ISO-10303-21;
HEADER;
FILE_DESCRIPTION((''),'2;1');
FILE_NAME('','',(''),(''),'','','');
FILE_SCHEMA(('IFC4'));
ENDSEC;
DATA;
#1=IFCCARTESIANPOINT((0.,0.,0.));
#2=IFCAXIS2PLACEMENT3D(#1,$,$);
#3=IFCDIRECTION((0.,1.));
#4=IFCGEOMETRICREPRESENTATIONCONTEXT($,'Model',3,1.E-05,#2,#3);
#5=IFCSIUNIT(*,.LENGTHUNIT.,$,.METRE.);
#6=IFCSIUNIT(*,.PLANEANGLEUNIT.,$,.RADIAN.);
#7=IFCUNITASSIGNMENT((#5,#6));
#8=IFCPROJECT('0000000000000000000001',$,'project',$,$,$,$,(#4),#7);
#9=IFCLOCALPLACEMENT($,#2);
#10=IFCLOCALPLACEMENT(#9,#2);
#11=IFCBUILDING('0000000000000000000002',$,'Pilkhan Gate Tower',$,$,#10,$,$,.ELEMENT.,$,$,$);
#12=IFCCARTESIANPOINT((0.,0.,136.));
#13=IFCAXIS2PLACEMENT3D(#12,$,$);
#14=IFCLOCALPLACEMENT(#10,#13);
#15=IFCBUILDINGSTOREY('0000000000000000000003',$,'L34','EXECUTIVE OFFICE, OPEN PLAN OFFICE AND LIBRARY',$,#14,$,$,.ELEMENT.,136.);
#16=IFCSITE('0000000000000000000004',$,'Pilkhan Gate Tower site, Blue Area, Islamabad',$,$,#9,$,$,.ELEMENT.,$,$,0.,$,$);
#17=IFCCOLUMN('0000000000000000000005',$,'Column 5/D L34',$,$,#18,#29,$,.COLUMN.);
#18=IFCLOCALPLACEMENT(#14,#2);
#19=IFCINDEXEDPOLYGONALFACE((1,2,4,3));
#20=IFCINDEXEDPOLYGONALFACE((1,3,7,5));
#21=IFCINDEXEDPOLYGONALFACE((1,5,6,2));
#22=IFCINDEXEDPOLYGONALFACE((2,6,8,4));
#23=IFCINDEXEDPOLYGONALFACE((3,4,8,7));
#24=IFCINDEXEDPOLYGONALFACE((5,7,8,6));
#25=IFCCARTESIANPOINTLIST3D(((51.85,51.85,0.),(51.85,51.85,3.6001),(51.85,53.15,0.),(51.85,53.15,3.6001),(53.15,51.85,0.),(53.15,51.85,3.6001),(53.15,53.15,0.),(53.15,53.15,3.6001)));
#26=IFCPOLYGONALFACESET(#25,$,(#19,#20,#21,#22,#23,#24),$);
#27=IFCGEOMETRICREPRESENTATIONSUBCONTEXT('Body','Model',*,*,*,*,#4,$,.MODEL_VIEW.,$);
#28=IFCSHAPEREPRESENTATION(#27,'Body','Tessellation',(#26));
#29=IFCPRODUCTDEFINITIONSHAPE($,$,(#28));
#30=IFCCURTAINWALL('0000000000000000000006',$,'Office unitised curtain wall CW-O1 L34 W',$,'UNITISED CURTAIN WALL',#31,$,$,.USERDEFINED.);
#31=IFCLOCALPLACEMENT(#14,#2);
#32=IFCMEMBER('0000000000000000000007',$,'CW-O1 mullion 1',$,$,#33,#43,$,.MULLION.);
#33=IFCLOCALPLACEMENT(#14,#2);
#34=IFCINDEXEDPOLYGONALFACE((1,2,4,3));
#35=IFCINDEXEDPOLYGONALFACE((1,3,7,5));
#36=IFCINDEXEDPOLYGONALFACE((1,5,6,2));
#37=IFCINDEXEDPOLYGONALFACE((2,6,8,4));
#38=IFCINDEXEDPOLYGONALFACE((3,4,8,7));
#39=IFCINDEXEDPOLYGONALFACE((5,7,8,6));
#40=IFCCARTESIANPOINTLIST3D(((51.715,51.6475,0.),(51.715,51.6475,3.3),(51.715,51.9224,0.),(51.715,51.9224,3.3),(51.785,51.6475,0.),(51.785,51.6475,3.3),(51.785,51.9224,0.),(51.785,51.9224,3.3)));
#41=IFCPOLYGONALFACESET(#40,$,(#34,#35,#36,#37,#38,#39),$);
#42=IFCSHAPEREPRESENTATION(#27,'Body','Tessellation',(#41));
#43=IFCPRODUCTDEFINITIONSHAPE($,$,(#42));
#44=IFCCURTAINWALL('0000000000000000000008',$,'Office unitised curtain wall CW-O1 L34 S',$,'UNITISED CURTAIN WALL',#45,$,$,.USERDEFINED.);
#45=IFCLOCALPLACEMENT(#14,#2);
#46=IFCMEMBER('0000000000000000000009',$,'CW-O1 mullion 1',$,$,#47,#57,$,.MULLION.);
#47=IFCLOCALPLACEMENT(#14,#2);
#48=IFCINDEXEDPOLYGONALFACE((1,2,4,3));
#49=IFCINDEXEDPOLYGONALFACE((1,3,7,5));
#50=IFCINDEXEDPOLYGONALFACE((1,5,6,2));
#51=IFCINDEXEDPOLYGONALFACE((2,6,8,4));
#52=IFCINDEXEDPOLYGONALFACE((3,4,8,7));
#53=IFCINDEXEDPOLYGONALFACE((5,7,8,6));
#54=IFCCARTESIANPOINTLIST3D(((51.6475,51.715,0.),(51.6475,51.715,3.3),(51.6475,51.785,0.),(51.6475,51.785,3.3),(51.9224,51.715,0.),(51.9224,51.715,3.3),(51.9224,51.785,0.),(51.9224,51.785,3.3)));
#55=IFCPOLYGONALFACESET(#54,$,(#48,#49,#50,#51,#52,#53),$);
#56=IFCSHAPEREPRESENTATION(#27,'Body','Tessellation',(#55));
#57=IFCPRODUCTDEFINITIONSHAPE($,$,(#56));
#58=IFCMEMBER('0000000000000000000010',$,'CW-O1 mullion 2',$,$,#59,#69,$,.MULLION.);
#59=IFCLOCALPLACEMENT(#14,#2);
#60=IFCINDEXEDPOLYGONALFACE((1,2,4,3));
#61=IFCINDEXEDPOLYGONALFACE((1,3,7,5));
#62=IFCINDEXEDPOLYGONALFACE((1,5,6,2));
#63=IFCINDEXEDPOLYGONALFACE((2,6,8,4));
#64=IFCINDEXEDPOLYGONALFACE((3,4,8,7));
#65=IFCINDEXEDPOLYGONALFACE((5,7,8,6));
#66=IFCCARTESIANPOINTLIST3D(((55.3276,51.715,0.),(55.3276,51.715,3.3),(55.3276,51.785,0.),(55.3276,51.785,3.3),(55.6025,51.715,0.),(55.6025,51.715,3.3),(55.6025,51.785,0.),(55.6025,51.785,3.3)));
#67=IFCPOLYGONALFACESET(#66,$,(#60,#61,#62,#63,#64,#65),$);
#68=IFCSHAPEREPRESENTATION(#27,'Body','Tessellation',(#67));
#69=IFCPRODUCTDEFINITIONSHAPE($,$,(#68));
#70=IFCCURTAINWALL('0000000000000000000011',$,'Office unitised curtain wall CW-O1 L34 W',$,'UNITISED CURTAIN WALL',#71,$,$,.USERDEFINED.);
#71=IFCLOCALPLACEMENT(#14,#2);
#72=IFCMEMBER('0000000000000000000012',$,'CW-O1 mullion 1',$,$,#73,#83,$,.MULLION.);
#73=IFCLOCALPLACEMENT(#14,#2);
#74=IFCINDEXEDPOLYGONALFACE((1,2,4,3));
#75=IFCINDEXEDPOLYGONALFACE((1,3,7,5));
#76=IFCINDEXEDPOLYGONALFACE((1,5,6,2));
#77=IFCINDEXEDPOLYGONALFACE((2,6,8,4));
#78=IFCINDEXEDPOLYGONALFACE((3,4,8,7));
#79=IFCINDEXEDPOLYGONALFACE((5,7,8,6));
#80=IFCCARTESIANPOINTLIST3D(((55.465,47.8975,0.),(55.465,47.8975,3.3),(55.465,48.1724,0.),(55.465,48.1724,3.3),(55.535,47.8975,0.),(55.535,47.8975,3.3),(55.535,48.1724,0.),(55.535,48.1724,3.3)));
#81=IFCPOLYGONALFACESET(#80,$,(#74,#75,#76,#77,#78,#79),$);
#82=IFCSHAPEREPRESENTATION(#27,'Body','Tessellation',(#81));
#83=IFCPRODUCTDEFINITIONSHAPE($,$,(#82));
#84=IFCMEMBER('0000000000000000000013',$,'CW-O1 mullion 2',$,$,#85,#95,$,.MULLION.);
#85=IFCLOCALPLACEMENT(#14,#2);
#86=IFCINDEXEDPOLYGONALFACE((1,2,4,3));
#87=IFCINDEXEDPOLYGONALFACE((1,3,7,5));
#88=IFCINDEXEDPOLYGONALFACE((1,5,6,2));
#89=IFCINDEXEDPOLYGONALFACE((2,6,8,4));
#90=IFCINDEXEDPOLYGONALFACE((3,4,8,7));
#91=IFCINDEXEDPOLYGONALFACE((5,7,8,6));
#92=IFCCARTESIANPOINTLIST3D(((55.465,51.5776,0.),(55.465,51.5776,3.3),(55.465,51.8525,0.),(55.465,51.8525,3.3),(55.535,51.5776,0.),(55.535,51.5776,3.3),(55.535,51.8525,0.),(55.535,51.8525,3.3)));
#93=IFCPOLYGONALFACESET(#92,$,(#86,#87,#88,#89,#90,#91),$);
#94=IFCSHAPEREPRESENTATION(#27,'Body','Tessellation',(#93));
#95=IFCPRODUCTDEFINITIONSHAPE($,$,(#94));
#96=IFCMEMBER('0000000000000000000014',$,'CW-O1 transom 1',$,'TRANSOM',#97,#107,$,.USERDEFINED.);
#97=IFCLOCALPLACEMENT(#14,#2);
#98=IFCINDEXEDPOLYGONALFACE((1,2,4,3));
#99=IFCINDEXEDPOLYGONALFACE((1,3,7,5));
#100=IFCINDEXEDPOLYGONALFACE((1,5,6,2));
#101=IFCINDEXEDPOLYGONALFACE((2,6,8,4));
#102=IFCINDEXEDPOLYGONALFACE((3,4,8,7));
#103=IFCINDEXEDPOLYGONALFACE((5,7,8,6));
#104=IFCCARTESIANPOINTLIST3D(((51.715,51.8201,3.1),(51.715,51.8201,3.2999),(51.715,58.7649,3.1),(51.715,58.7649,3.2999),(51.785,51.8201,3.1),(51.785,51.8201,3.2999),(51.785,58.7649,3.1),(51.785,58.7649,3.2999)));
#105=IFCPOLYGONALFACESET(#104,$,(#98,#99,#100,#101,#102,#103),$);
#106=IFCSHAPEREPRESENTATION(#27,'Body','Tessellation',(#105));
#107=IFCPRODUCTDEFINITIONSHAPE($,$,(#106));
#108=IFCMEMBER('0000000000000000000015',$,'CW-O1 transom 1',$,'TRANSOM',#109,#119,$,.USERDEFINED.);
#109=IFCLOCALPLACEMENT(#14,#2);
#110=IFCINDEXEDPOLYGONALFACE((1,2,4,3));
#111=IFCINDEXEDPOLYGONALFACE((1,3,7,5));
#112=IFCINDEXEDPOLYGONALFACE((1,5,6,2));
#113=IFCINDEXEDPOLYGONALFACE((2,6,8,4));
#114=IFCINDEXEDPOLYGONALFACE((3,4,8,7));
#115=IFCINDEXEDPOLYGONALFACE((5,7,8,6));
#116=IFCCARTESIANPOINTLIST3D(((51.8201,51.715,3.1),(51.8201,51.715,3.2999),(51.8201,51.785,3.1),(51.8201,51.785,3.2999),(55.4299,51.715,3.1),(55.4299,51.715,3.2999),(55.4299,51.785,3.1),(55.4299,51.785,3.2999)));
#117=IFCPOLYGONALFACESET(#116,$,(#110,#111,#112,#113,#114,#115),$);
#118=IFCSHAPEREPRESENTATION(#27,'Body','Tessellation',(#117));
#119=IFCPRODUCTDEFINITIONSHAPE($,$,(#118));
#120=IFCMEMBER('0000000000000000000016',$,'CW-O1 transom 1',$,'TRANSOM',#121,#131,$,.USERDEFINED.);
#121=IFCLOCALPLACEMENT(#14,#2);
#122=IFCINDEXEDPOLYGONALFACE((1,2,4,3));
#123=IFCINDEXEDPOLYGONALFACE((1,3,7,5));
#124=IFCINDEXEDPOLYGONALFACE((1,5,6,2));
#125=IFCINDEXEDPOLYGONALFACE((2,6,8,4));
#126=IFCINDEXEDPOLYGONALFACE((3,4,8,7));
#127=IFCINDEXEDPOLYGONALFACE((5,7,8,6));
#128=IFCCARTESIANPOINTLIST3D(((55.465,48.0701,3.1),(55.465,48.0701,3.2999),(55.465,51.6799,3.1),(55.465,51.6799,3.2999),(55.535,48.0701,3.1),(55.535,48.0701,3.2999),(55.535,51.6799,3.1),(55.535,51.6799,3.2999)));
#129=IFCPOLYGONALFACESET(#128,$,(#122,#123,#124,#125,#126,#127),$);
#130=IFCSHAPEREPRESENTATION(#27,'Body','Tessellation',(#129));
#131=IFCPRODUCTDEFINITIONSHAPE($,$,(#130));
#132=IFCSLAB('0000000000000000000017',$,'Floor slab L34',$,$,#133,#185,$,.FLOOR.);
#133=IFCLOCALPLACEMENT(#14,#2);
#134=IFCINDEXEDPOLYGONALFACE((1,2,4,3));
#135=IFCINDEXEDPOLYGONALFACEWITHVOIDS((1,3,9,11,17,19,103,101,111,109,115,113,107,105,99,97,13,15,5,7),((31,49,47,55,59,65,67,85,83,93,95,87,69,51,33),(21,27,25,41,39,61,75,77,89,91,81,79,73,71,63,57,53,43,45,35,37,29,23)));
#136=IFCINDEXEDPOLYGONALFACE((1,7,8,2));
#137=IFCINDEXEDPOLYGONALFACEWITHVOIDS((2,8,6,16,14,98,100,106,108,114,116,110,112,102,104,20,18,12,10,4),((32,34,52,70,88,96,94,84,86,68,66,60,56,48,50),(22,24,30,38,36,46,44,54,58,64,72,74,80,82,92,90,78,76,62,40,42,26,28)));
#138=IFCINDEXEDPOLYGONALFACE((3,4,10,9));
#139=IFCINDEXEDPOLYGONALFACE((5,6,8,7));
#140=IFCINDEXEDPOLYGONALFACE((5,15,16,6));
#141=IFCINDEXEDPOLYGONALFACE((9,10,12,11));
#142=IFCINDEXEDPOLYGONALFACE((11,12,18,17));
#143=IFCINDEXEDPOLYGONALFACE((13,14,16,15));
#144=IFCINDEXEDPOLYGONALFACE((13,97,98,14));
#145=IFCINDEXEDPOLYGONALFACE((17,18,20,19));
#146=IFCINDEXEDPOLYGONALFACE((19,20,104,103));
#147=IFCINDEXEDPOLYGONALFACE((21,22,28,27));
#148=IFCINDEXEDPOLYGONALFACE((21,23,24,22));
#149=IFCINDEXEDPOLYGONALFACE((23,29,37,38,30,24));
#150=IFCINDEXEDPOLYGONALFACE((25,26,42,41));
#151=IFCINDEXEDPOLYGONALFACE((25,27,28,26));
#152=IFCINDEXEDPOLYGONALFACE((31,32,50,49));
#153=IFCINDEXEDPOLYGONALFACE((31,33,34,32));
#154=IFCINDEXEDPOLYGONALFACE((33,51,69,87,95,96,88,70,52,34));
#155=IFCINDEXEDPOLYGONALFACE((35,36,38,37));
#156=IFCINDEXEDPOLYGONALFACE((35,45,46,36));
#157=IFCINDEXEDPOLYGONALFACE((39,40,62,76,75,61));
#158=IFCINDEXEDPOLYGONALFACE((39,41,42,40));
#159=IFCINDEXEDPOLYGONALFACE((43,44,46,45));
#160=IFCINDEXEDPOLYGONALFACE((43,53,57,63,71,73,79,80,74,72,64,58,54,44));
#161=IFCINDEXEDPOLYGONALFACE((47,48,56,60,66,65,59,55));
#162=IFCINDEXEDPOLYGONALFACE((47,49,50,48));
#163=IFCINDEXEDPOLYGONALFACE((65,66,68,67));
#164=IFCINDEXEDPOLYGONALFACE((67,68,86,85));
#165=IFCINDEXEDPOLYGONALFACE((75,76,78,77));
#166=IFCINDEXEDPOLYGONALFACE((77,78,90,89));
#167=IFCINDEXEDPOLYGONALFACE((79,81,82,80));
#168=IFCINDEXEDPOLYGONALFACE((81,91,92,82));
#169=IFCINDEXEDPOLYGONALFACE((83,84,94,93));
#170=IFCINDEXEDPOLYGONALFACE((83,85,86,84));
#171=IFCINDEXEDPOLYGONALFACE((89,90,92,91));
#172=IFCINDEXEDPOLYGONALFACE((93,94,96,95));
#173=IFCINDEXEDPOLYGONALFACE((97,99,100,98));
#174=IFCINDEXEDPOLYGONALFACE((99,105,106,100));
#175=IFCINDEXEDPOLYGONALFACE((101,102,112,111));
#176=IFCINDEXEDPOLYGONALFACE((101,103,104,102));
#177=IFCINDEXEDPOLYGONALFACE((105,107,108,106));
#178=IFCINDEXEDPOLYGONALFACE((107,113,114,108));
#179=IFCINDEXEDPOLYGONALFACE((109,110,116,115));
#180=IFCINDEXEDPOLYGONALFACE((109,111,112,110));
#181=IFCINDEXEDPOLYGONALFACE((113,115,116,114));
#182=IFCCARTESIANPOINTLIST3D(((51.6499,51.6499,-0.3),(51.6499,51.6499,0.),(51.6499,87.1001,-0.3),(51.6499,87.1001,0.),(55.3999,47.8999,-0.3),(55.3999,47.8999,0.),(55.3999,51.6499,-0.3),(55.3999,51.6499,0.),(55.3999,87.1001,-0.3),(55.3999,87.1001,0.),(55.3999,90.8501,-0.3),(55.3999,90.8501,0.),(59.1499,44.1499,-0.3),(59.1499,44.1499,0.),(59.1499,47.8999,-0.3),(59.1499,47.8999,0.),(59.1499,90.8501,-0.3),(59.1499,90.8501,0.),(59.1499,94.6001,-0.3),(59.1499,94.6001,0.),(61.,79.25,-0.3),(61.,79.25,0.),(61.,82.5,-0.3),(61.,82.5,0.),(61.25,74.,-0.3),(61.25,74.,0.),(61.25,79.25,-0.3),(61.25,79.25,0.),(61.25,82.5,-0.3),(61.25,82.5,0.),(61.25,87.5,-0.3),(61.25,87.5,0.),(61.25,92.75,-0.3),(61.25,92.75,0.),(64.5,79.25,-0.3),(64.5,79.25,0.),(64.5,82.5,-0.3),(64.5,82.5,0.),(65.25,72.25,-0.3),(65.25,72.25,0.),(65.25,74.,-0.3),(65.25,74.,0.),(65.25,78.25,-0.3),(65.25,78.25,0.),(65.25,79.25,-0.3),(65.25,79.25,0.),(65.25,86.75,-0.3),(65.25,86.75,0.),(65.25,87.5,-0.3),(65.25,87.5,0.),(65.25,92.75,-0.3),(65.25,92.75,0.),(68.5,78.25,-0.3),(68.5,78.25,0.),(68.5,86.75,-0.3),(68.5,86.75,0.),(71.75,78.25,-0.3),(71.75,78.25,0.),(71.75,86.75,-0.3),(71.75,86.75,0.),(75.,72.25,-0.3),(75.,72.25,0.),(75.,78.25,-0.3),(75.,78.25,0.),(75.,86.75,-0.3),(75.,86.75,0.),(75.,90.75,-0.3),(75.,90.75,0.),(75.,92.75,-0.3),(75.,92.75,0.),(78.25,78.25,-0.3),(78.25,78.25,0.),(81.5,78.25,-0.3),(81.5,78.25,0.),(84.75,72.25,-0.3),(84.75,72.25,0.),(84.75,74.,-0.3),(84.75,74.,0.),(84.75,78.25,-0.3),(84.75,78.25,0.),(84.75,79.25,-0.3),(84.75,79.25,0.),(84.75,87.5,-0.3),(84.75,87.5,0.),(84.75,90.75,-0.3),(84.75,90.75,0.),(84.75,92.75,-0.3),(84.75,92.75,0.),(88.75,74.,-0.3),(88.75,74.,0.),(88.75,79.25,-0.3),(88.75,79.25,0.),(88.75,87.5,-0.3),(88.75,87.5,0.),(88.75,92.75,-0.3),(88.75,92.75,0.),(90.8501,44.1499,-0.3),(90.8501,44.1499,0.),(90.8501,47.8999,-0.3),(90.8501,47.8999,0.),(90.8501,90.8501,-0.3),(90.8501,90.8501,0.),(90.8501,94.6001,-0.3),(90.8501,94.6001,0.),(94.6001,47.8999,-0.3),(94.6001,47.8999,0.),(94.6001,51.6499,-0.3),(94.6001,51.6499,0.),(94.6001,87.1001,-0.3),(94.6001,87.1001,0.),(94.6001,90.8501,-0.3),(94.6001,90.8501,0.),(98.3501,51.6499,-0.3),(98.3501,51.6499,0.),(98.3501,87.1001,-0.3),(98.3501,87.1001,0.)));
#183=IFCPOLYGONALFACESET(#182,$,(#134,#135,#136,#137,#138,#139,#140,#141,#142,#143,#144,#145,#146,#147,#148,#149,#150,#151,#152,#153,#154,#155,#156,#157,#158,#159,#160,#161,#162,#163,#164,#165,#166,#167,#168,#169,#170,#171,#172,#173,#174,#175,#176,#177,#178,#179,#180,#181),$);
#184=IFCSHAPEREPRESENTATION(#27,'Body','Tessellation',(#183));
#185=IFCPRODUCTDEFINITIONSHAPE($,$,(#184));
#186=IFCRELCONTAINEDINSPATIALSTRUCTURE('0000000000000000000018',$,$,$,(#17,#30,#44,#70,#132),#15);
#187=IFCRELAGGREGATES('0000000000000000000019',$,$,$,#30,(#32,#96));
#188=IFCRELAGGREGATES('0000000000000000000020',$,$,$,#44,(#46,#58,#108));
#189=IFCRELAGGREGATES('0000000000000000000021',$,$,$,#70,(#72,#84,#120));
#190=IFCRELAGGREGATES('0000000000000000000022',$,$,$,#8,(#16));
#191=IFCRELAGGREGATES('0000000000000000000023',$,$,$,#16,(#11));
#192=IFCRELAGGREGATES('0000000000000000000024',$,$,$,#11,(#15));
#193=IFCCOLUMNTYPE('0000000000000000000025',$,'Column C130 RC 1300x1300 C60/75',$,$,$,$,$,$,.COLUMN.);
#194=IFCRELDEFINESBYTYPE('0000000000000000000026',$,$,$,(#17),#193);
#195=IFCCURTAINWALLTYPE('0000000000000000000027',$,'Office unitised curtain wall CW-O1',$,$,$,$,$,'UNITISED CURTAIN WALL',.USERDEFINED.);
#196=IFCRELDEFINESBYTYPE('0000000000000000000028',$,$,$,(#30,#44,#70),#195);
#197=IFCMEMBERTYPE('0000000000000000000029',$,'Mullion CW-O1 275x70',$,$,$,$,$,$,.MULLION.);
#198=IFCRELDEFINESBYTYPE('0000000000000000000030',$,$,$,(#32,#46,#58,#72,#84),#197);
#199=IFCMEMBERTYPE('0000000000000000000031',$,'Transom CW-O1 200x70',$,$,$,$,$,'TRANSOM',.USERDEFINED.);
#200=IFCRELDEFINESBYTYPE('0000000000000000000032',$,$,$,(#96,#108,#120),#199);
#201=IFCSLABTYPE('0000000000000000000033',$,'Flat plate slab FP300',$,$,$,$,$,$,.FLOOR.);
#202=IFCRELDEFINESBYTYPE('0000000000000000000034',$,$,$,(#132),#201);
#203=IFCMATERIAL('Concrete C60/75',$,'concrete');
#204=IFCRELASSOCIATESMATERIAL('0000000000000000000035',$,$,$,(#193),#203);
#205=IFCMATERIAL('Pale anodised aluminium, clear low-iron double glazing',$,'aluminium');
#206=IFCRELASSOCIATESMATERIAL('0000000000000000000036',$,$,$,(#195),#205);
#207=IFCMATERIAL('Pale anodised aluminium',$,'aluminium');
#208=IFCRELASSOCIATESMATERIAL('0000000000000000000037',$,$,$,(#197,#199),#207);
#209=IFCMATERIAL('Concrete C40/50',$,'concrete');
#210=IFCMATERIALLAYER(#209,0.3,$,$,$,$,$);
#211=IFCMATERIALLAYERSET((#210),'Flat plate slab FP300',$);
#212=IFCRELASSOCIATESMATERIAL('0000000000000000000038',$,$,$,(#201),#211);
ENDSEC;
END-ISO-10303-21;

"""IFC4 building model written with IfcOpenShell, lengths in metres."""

from ifc_helpers import new_model, si_unit, direction, frame, origin, origin_2d, place, context, subcontext, project, spatial, polyline, rectangle, outline, extrude, material, layer, layer_set, material_profile, profile_set, type_object, element, aggregate, save


model = new_model("IFC4")

# Units and contexts
model_context = context("Model", 3, precision=1e-05, world=origin(), true_north=direction((0.0, 1.0)))
body_context = subcontext(model_context, "Body", "Model", "MODEL_VIEW")
ifc_project = project(units=[si_unit("LENGTHUNIT", "METRE"), si_unit("PLANEANGLEUNIT", "RADIAN")], contexts=[model_context])

# Site, building, storey
site_placement = place(None, origin())
site = spatial("IfcSite", under=ifc_project, at=site_placement, Name="Pilkhan Gate Tower site, Blue Area, Islamabad", CompositionType="ELEMENT", RefElevation=0.0)
building_placement = place(site_placement, origin())
building = spatial("IfcBuilding", under=site, at=building_placement, Name="Pilkhan Gate Tower", CompositionType="ELEMENT")
storey_placement = place(building_placement, frame((0.0, 0.0, 136.0)))
storey = spatial("IfcBuildingStorey", under=building, at=storey_placement, Name="L34", Description="EXECUTIVE OFFICE, OPEN PLAN OFFICE AND LIBRARY", CompositionType="ELEMENT", Elevation=136.0)

# Column
ifc_material_1 = material(Name="Concrete C60/75", Category="concrete")
ifc_material_profile_1 = material_profile(ifc_material_1, rectangle(XDim=1.3, YDim=1.3, at=origin_2d()), Name="RC 1300x1300")
ifc_profile_set_1 = profile_set([ifc_material_profile_1], Name="Concrete C60/75")
column_type = type_object("IfcColumnType", Name="Column C130 RC 1300x1300 C60/75", PredefinedType="COLUMN", material=ifc_profile_set_1)
column_placement = place(storey_placement, frame((52.5, 52.5, 0.0), z_axis=(0.0, 0.0, 1.0), x_axis=(1.0, 0.0, 0.0)))
element("IfcColumn", 1, at=column_placement, inside=storey, type_object=column_type, Name="Column 5/D L34", PredefinedType="COLUMN", context=body_context, shape_type="SweptSolid", body=[
    extrude(rectangle(XDim=1.3, YDim=1.3, at=origin_2d()), origin(), (0.0, 0.0, 1.0), 3.6001),
])

# Curtain wall, member
ifc_material_2 = material(Name="Pale anodised aluminium, clear low-iron double glazing", Category="aluminium")
curtain_wall_type = type_object("IfcCurtainWallType", Name="Office unitised curtain wall CW-O1", ElementType="UNITISED CURTAIN WALL", PredefinedType="USERDEFINED", material=ifc_material_2)
curtain_wall_1_placement = place(storey_placement, origin())
curtain_wall_1 = element("IfcCurtainWall", 2, at=curtain_wall_1_placement, inside=storey, type_object=curtain_wall_type, Name="Office unitised curtain wall CW-O1 L34 W", ObjectType="UNITISED CURTAIN WALL", PredefinedType="USERDEFINED")
ifc_material_3 = material(Name="Pale anodised aluminium", Category="aluminium")
ifc_material_profile_2 = material_profile(ifc_material_3, rectangle(XDim=0.0701, YDim=0.2749, at=origin_2d()), Name="Mullion 275x70")
ifc_profile_set_2 = profile_set([ifc_material_profile_2], Name="Pale anodised aluminium")
member_type_1 = type_object("IfcMemberType", Name="Mullion CW-O1 275x70", PredefinedType="MULLION", material=ifc_profile_set_2)
member_1_placement = place(storey_placement, frame((51.75, 51.7849, 0.0), z_axis=(0.0, 0.0, 1.0), x_axis=(-1.0, 0.0, 0.0)))
member_1 = element("IfcMember", 3, at=member_1_placement, type_object=member_type_1, Name="CW-O1 mullion 1", PredefinedType="MULLION", context=body_context, shape_type="SweptSolid", body=[
    extrude(rectangle(XDim=0.0701, YDim=0.2749, at=origin_2d()), origin(), (0.0, 0.0, 1.0), 3.3),
])

# Curtain walls, members
curtain_wall_2_placement = place(storey_placement, origin())
curtain_wall_2 = element("IfcCurtainWall", 4, at=curtain_wall_2_placement, inside=storey, type_object=curtain_wall_type, Name="Office unitised curtain wall CW-O1 L34 S", ObjectType="UNITISED CURTAIN WALL", PredefinedType="USERDEFINED")
member_2_placement = place(storey_placement, frame((51.7849, 51.75, 0.0), z_axis=(0.0, 0.0, 1.0), x_axis=(0.0, 1.0, 0.0)))
member_2 = element("IfcMember", 5, at=member_2_placement, type_object=member_type_1, Name="CW-O1 mullion 1", PredefinedType="MULLION", context=body_context, shape_type="SweptSolid", body=[
    extrude(rectangle(XDim=0.0701, YDim=0.2749, at=origin_2d()), origin(), (0.0, 0.0, 1.0), 3.3),
])
member_3_placement = place(storey_placement, frame((55.4651, 51.75, 0.0), z_axis=(0.0, 0.0, 1.0), x_axis=(0.0, 1.0, 0.0)))
member_3 = element("IfcMember", 6, at=member_3_placement, type_object=member_type_1, Name="CW-O1 mullion 2", PredefinedType="MULLION", context=body_context, shape_type="SweptSolid", body=[
    extrude(rectangle(XDim=0.0701, YDim=0.2749, at=origin_2d()), origin(), (0.0, 0.0, 1.0), 3.3),
])
curtain_wall_3_placement = place(storey_placement, origin())
curtain_wall_3 = element("IfcCurtainWall", 7, at=curtain_wall_3_placement, inside=storey, type_object=curtain_wall_type, Name="Office unitised curtain wall CW-O1 L34 W", ObjectType="UNITISED CURTAIN WALL", PredefinedType="USERDEFINED")
member_4_placement = place(storey_placement, frame((55.5, 48.0349, 0.0), z_axis=(0.0, 0.0, 1.0), x_axis=(-1.0, 0.0, 0.0)))
member_4 = element("IfcMember", 8, at=member_4_placement, type_object=member_type_1, Name="CW-O1 mullion 1", PredefinedType="MULLION", context=body_context, shape_type="SweptSolid", body=[
    extrude(rectangle(XDim=0.0701, YDim=0.2749, at=origin_2d()), origin(), (0.0, 0.0, 1.0), 3.3),
])
member_5_placement = place(storey_placement, frame((55.5, 51.7151, 0.0), z_axis=(0.0, 0.0, 1.0), x_axis=(-1.0, 0.0, 0.0)))
member_5 = element("IfcMember", 9, at=member_5_placement, type_object=member_type_1, Name="CW-O1 mullion 2", PredefinedType="MULLION", context=body_context, shape_type="SweptSolid", body=[
    extrude(rectangle(XDim=0.0701, YDim=0.2749, at=origin_2d()), origin(), (0.0, 0.0, 1.0), 3.3),
])

# Members
ifc_material_profile_3 = material_profile(ifc_material_3, rectangle(XDim=0.0701, YDim=0.2, at=origin_2d()), Name="Transom 200x70")
ifc_profile_set_3 = profile_set([ifc_material_profile_3], Name="Pale anodised aluminium")
member_type_2 = type_object("IfcMemberType", Name="Transom CW-O1 200x70", ElementType="TRANSOM", PredefinedType="USERDEFINED", material=ifc_profile_set_3)
member_6_placement = place(storey_placement, frame((51.75, 51.8201, 3.2), z_axis=(0.0, 1.0, 0.0), x_axis=(-1.0, 0.0, 0.0)))
member_6 = element("IfcMember", 10, at=member_6_placement, type_object=member_type_2, Name="CW-O1 transom 1", ObjectType="TRANSOM", PredefinedType="USERDEFINED", context=body_context, shape_type="SweptSolid", body=[
    extrude(rectangle(XDim=0.0701, YDim=0.2, at=origin_2d()), origin(), (0.0, 0.0, 1.0), 6.9448),
])
member_7_placement = place(storey_placement, frame((51.8201, 51.75, 3.2), z_axis=(1.0, 0.0, 0.0), x_axis=(0.0, 1.0, 0.0)))
member_7 = element("IfcMember", 11, at=member_7_placement, type_object=member_type_2, Name="CW-O1 transom 1", ObjectType="TRANSOM", PredefinedType="USERDEFINED", context=body_context, shape_type="SweptSolid", body=[
    extrude(rectangle(XDim=0.0701, YDim=0.2, at=origin_2d()), origin(), (0.0, 0.0, 1.0), 3.6099),
])
member_8_placement = place(storey_placement, frame((55.5, 48.0701, 3.2), z_axis=(0.0, 1.0, 0.0), x_axis=(-1.0, 0.0, 0.0)))
member_8 = element("IfcMember", 12, at=member_8_placement, type_object=member_type_2, Name="CW-O1 transom 1", ObjectType="TRANSOM", PredefinedType="USERDEFINED", context=body_context, shape_type="SweptSolid", body=[
    extrude(rectangle(XDim=0.0701, YDim=0.2, at=origin_2d()), origin(), (0.0, 0.0, 1.0), 3.6099),
])

# Slab
ifc_material_4 = material(Name="Concrete C40/50", Category="concrete")
ifc_layer_1 = layer(ifc_material_4, 0.3)
ifc_layer_set_1 = layer_set([ifc_layer_1], Name="Flat plate slab FP300")
slab_type_1 = type_object("IfcSlabType", Name="Flat plate slab FP300", PredefinedType="FLOOR", material=ifc_layer_set_1)
slab_1_placement = place(storey_placement, frame((0.0, 0.0, -0.3)))
element("IfcSlab", 13, at=slab_1_placement, inside=storey, type_object=slab_type_1, Name="Floor slab L34", PredefinedType="FLOOR", context=body_context, shape_type="SweptSolid", body=[
    extrude(outline(polyline([(94.6001, 47.8999), (90.8501, 47.8999), (90.8501, 44.1499), (59.1499, 44.1499), (59.1499, 47.8999), (55.3999, 47.8999), (55.3999, 51.6499), (51.6499, 51.6499), (51.6499, 87.1001), (55.3999, 87.1001), (55.3999, 90.8501), (59.1499, 90.8501), (59.1499, 94.6001), (90.8501, 94.6001), (90.8501, 90.8501), (94.6001, 90.8501), (94.6001, 87.1001), (98.3501, 87.1001), (98.3501, 51.6499), (94.6001, 51.6499), (94.6001, 47.8999)]), holes=[polyline([(65.25, 87.5), (65.25, 86.75), (68.5, 86.75), (71.75, 86.75), (75.0, 86.75), (75.0, 90.75), (84.75, 90.75), (84.75, 87.5), (88.75, 87.5), (88.75, 92.75), (84.75, 92.75), (75.0, 92.75), (65.25, 92.75), (61.25, 92.75), (61.25, 87.5), (65.25, 87.5)]), polyline([(75.0, 72.25), (84.75, 72.25), (84.75, 74.0), (88.75, 74.0), (88.75, 79.25), (84.75, 79.25), (84.75, 78.25), (81.5, 78.25), (78.25, 78.25), (75.0, 78.25), (71.75, 78.25), (68.5, 78.25), (65.25, 78.25), (65.25, 79.25), (64.5, 79.25), (64.5, 82.5), (61.25, 82.5), (61.0, 82.5), (61.0, 79.25), (61.25, 79.25), (61.25, 74.0), (65.25, 74.0), (65.25, 72.25), (75.0, 72.25)])]), origin(), (0.0, 0.0, 1.0), 0.3),
])

aggregate(curtain_wall_1, [member_1, member_6])
aggregate(curtain_wall_2, [member_2, member_3, member_7])
aggregate(curtain_wall_3, [member_4, member_5, member_8])

save(model, "model.ifc")
